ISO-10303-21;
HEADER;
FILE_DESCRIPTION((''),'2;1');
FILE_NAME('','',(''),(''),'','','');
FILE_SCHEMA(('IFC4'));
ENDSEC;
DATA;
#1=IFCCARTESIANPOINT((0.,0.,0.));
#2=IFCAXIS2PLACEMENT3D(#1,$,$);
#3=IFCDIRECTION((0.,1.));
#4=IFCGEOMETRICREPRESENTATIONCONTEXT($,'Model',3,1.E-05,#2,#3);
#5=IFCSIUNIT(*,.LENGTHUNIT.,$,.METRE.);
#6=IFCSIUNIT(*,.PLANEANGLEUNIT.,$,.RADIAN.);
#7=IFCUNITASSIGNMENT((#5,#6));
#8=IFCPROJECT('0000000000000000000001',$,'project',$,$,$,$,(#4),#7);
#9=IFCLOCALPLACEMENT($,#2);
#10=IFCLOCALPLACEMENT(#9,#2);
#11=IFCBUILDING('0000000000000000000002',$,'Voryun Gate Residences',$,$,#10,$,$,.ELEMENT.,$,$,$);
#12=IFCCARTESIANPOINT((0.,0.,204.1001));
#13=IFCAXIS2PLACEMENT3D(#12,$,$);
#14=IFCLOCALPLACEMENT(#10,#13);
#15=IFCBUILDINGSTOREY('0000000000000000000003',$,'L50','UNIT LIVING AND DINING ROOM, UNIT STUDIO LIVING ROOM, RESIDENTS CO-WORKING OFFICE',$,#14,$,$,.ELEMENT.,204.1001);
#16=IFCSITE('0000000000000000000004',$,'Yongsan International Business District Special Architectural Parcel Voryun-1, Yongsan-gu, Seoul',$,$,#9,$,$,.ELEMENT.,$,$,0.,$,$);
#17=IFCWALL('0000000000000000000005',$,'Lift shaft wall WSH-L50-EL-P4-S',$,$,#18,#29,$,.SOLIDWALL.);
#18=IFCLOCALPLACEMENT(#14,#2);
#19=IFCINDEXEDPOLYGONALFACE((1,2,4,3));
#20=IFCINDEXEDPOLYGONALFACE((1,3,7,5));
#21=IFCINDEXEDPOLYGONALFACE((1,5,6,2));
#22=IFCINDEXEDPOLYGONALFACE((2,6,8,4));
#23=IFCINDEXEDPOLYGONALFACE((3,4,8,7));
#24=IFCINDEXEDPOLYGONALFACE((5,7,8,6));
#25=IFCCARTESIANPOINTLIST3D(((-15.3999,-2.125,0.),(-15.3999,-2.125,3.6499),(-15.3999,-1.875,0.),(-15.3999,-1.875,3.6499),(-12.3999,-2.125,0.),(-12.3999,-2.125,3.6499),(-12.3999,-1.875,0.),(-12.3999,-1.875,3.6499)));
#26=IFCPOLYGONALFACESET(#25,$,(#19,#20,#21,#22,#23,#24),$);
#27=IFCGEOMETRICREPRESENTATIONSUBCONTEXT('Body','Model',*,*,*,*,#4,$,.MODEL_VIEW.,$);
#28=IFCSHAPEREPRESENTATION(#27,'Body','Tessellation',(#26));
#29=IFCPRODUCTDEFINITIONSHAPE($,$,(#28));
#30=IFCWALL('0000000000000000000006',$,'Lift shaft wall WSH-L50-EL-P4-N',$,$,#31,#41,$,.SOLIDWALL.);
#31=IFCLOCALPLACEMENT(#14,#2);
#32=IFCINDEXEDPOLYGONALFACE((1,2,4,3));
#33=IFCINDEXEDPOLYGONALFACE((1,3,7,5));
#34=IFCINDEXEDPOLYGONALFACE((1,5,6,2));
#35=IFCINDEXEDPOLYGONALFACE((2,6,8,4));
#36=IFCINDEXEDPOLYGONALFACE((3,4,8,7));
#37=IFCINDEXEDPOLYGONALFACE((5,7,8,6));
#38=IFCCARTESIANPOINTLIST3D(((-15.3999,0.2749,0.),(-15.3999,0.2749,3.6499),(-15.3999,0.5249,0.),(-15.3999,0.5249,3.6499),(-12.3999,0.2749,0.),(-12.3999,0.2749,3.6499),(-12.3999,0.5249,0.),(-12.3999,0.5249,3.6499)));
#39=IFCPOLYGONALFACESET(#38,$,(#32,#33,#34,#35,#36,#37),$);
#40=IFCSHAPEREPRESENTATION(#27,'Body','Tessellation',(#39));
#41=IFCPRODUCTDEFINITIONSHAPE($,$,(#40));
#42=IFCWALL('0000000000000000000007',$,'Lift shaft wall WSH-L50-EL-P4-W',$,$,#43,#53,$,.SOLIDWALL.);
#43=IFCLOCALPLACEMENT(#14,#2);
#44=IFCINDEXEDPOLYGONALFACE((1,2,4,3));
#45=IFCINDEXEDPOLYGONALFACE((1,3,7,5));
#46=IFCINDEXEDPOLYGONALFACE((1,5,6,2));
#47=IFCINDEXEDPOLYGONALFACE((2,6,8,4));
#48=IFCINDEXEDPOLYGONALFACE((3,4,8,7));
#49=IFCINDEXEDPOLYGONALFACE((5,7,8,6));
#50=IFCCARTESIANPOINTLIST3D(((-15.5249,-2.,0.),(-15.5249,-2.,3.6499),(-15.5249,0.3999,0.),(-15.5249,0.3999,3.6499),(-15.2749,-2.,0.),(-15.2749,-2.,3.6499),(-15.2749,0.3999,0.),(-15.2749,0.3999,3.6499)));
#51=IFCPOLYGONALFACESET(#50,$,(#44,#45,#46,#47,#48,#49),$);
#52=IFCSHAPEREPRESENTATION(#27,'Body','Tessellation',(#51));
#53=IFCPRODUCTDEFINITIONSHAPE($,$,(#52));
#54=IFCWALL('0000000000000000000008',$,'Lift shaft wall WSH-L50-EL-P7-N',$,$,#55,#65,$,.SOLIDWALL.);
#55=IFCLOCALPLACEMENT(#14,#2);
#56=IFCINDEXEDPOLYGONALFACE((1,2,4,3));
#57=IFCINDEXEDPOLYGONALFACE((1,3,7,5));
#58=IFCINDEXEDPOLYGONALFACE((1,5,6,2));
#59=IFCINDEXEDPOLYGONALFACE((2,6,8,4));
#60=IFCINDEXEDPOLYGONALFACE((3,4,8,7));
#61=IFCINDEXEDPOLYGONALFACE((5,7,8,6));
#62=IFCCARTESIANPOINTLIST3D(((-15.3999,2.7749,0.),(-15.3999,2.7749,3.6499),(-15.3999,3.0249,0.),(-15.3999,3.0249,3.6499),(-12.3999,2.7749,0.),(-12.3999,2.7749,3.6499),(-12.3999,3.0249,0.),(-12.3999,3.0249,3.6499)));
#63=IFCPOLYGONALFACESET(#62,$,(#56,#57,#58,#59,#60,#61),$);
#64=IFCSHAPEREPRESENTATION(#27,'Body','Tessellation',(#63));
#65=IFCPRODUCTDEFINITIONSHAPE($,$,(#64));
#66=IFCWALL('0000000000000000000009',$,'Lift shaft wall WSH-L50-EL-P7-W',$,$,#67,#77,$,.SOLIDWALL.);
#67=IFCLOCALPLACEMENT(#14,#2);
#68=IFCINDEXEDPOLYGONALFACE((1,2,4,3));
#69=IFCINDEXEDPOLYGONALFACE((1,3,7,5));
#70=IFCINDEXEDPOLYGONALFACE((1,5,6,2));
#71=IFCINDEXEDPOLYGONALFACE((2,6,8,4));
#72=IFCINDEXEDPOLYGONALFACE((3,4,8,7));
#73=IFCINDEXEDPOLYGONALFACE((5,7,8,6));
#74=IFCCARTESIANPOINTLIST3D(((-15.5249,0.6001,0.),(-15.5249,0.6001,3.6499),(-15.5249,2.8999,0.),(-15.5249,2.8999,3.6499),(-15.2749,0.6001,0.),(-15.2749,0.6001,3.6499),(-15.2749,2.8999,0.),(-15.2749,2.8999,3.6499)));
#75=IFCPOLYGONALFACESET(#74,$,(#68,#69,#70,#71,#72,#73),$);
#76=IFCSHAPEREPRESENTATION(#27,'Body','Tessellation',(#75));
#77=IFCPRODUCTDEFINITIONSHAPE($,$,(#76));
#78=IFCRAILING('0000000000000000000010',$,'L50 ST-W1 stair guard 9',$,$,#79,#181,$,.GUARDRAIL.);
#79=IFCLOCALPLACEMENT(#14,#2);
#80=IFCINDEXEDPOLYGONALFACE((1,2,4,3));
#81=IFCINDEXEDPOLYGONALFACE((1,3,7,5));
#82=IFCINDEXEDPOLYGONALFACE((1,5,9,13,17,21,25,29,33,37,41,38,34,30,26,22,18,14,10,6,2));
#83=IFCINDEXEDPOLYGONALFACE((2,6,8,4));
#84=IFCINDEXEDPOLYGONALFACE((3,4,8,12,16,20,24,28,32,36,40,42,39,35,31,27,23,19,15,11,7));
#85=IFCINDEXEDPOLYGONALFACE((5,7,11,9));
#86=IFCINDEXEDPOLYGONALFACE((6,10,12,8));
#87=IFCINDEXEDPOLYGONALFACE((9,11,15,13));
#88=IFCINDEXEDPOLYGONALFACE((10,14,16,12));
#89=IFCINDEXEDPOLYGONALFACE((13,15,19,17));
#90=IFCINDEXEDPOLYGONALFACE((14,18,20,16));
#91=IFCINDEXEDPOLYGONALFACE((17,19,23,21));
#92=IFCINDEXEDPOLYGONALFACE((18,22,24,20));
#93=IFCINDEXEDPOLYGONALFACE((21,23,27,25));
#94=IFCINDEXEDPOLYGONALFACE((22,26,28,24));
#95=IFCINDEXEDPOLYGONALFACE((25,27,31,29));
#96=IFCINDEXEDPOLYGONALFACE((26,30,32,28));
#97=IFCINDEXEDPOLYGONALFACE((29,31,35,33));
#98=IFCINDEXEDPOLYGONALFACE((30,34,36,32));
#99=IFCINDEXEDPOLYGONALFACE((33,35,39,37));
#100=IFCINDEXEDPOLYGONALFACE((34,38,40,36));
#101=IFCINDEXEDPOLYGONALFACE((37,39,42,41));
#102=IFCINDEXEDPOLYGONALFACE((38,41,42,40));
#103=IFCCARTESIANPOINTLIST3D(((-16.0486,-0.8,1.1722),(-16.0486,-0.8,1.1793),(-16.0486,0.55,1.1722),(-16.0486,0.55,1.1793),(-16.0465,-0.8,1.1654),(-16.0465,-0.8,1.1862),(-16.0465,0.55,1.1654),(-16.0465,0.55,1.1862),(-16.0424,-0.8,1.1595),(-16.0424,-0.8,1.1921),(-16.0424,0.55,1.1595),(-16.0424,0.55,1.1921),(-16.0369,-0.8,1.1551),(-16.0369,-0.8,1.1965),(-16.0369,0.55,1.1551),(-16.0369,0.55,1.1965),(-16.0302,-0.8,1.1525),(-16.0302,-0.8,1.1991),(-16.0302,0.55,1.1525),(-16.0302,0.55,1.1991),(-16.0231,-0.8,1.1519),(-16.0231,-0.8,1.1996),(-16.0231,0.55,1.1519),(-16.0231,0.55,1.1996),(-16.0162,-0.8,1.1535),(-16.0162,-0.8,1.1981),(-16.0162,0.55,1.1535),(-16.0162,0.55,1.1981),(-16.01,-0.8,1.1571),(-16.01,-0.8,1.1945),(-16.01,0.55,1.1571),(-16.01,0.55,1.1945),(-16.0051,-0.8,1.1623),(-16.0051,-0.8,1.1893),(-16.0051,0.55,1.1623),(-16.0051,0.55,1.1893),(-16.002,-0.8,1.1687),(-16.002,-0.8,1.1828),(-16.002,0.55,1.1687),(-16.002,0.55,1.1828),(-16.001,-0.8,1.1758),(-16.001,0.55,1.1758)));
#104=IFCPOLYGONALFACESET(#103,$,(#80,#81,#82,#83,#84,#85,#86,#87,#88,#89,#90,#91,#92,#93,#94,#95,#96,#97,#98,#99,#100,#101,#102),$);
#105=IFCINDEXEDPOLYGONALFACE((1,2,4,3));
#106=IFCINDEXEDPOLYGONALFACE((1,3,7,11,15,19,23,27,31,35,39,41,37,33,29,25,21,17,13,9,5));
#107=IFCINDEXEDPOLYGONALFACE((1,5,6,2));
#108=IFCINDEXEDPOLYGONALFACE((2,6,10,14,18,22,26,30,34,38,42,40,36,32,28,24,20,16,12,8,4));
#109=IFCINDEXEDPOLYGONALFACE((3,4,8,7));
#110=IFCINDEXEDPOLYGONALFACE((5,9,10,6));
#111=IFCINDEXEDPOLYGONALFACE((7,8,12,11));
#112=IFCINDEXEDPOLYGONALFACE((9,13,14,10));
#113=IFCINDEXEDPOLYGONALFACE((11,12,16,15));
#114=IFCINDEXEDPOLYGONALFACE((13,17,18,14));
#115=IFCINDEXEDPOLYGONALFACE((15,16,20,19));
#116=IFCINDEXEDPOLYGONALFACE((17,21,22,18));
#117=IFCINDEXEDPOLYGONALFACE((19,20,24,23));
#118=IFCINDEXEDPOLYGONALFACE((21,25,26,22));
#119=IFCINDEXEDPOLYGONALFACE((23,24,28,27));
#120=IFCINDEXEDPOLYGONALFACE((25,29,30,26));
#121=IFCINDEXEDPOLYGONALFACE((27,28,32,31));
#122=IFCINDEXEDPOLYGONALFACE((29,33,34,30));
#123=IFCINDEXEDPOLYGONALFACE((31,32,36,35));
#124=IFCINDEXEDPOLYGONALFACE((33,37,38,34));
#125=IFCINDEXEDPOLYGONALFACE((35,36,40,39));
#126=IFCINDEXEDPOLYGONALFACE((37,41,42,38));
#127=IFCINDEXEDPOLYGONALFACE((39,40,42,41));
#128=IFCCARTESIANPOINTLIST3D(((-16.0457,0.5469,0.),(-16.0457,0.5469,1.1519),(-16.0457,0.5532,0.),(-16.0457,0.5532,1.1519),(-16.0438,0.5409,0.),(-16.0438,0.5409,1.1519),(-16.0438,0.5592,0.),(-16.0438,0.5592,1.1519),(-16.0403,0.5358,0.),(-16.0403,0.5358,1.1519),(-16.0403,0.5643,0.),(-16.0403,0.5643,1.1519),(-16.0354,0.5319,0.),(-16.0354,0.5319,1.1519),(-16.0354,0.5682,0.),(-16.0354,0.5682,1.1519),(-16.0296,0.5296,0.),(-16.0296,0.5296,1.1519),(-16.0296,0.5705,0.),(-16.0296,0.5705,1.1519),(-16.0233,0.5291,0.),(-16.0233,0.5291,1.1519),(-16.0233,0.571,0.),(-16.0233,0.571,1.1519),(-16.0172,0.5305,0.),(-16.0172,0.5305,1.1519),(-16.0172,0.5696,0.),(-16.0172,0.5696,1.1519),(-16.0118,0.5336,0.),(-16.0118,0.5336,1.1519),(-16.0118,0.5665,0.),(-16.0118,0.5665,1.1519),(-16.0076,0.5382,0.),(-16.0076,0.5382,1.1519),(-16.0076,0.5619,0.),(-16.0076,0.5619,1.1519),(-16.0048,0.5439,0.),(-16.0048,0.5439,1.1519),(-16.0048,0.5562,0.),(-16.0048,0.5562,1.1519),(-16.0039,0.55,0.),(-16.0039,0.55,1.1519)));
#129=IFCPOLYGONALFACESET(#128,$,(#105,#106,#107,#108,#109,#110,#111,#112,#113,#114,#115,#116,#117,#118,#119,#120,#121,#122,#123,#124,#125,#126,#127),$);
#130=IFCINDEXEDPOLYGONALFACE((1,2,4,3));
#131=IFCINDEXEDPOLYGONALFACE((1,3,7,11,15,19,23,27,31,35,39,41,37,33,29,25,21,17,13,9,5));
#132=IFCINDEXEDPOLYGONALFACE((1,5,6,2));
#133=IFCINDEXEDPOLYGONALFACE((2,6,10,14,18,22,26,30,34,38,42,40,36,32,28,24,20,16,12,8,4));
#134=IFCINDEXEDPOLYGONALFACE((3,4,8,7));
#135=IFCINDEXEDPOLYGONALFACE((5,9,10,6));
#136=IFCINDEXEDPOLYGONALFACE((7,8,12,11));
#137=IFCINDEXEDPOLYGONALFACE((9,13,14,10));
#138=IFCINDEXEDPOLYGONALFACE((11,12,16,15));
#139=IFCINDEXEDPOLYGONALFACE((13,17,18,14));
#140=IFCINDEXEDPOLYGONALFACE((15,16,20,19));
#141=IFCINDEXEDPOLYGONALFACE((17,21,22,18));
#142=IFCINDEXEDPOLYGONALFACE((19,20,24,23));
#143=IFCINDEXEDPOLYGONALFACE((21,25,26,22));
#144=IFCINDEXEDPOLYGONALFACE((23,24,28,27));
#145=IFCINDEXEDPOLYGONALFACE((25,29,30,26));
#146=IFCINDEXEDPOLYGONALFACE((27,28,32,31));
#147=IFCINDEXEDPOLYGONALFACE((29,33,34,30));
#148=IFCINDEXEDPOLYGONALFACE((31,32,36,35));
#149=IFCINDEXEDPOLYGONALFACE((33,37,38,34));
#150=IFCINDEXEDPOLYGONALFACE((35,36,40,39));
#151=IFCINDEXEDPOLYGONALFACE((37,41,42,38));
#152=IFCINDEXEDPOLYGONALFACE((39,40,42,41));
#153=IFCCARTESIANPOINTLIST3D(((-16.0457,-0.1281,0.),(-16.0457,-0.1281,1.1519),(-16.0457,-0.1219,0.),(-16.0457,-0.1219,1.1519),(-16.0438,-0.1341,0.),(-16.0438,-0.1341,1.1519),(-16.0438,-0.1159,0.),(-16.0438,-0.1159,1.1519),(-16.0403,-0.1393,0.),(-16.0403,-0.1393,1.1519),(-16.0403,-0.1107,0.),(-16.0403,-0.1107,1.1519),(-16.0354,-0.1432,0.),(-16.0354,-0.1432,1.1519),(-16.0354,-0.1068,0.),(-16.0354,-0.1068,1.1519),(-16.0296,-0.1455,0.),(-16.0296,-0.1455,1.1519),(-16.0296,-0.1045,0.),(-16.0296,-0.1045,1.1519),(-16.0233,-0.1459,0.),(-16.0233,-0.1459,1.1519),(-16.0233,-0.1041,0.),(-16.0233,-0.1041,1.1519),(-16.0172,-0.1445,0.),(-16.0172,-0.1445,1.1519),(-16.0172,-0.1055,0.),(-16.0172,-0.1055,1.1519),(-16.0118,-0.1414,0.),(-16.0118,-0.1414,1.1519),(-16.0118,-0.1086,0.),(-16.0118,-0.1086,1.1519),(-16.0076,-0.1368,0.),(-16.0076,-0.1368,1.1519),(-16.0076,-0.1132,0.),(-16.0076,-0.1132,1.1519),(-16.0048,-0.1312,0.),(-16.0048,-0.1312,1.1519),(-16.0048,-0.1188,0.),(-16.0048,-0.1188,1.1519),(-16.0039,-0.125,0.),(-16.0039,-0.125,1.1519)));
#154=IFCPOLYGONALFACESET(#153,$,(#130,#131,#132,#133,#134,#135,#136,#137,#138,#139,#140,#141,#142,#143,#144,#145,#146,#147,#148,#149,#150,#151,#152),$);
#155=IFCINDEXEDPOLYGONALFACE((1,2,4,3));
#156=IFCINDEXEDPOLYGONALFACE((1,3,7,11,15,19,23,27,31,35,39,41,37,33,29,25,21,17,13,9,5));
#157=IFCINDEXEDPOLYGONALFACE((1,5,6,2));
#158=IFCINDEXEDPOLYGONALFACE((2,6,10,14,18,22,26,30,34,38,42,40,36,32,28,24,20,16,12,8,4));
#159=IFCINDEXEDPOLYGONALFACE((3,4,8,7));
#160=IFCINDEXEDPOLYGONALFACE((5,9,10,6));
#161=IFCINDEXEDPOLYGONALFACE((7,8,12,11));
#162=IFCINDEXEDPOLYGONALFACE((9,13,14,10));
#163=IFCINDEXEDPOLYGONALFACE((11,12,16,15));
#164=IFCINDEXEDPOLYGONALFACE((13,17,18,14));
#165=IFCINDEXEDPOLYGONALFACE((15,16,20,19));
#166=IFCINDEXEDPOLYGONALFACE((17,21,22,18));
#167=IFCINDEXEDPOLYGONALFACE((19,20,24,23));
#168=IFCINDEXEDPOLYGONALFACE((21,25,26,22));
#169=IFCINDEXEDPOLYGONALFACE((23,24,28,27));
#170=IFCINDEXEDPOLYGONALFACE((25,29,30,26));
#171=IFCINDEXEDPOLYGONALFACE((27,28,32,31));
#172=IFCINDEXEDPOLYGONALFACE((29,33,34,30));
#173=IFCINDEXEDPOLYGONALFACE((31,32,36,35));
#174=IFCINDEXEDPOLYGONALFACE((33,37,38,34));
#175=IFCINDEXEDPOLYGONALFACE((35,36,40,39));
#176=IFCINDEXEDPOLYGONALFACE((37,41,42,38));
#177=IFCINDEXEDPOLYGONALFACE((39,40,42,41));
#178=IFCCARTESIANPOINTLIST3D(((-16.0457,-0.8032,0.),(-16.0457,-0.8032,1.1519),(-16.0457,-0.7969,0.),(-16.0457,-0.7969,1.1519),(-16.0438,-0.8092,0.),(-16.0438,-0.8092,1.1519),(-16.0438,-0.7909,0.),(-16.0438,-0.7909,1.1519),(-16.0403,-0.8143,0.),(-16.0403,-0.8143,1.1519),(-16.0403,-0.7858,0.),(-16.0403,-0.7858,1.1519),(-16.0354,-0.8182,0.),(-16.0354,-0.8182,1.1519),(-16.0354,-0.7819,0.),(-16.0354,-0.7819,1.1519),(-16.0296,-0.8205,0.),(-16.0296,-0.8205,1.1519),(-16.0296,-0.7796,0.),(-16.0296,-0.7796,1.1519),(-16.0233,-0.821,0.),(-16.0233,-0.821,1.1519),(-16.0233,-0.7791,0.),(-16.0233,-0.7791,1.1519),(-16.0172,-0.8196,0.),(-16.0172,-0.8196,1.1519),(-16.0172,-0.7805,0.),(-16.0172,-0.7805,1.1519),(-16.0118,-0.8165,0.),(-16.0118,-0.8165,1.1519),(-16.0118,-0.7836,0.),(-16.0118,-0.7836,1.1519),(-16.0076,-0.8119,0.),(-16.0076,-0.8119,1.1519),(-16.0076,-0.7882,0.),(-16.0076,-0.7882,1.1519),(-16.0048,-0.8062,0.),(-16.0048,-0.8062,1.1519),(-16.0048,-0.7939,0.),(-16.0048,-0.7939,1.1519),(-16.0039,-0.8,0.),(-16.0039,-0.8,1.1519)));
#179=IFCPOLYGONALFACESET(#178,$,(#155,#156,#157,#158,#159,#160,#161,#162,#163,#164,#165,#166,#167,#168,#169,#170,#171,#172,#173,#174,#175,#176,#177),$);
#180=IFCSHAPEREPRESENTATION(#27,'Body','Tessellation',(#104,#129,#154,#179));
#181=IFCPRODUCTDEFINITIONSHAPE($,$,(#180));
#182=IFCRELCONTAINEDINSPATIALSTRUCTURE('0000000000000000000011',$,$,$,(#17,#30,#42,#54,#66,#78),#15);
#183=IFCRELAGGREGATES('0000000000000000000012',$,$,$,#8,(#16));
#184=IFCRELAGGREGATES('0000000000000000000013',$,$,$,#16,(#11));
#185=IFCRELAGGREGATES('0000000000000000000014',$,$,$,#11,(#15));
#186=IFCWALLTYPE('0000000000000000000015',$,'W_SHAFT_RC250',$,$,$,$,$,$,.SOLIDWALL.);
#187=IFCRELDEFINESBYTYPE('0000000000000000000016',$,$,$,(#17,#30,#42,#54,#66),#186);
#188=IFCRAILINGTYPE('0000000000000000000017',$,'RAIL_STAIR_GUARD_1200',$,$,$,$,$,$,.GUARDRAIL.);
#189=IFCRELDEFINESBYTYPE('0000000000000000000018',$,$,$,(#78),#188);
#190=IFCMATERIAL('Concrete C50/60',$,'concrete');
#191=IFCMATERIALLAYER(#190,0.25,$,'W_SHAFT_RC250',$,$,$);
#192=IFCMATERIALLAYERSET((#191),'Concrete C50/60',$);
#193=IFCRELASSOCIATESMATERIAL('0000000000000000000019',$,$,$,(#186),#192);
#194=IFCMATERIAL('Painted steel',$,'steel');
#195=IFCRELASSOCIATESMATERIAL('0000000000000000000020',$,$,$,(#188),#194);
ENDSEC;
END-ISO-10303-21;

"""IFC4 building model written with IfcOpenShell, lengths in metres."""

from ifc_helpers import new_model, si_unit, direction, frame, frame_2d, origin, origin_2d, place, context, subcontext, project, spatial, rectangle, circle, extrude, material, layer, layer_set, type_object, element, save


model = new_model("IFC4")

# Units and contexts
model_context = context("Model", 3, precision=1e-05, world=origin(), true_north=direction((0.0, 1.0)))
body_context = subcontext(model_context, "Body", "Model", "MODEL_VIEW")
ifc_project = project(units=[si_unit("LENGTHUNIT", "METRE"), si_unit("PLANEANGLEUNIT", "RADIAN")], contexts=[model_context])

# Site, building, storey
site_placement = place(None, origin())
site = spatial("IfcSite", under=ifc_project, at=site_placement, Name="Yongsan International Business District Special Architectural Parcel Voryun-1, Yongsan-gu, Seoul", CompositionType="ELEMENT", RefElevation=0.0)
building_placement = place(site_placement, origin())
building = spatial("IfcBuilding", under=site, at=building_placement, Name="Voryun Gate Residences", CompositionType="ELEMENT")
storey_placement = place(building_placement, frame((0.0, 0.0, 204.1001)))
storey = spatial("IfcBuildingStorey", under=building, at=storey_placement, Name="L50", Description="UNIT LIVING AND DINING ROOM, UNIT STUDIO LIVING ROOM, RESIDENTS CO-WORKING OFFICE", CompositionType="ELEMENT", Elevation=204.1001)

# Walls
ifc_material_1 = material(Name="Concrete C50/60", Category="concrete")
ifc_layer_1 = layer(ifc_material_1, 0.25, Name="W_SHAFT_RC250")
ifc_layer_set_1 = layer_set([ifc_layer_1], Name="Concrete C50/60")
wall_type_1 = type_object("IfcWallType", Name="W_SHAFT_RC250", PredefinedType="SOLIDWALL", material=ifc_layer_set_1)
for number, where, z_axis, x_axis, name in (
    (1, (-15.3999, -2.0, 0.0), (0.0, 0.0, 1.0), (1.0, 0.0, 0.0), "Lift shaft wall WSH-L50-EL-P4-S"),
    (2, (-12.3999, 0.3999, 0.0), (0.0, 0.0, 1.0), (-1.0, 0.0, 0.0), "Lift shaft wall WSH-L50-EL-P4-N"),
):
    element("IfcWall", number, at=place(storey_placement, frame(where, z_axis=z_axis, x_axis=x_axis)), inside=storey, type_object=wall_type_1, Name=name, PredefinedType="SOLIDWALL", context=body_context, shape_type="SweptSolid", body=[
        extrude(rectangle(XDim=3.0, YDim=0.25, at=frame_2d((1.5, 0.0))), origin(), (0.0, 0.0, 1.0), 3.6499),
    ])
wall_1_placement = place(storey_placement, frame((-15.3999, 0.3999, 0.0), z_axis=(0.0, 0.0, 1.0), x_axis=(0.0, -1.0, 0.0)))
element("IfcWall", 3, at=wall_1_placement, inside=storey, type_object=wall_type_1, Name="Lift shaft wall WSH-L50-EL-P4-W", PredefinedType="SOLIDWALL", context=body_context, shape_type="SweptSolid", body=[
    extrude(rectangle(XDim=2.3999, YDim=0.25, at=frame_2d((1.2, 0.0))), origin(), (0.0, 0.0, 1.0), 3.6499),
])
wall_2_placement = place(storey_placement, frame((-12.3999, 2.8999, 0.0), z_axis=(0.0, 0.0, 1.0), x_axis=(-1.0, 0.0, 0.0)))
element("IfcWall", 4, at=wall_2_placement, inside=storey, type_object=wall_type_1, Name="Lift shaft wall WSH-L50-EL-P7-N", PredefinedType="SOLIDWALL", context=body_context, shape_type="SweptSolid", body=[
    extrude(rectangle(XDim=3.0, YDim=0.25, at=frame_2d((1.5, 0.0))), origin(), (0.0, 0.0, 1.0), 3.6499),
])
wall_3_placement = place(storey_placement, frame((-15.3999, 2.8999, 0.0), z_axis=(0.0, 0.0, 1.0), x_axis=(0.0, -1.0, 0.0)))
element("IfcWall", 5, at=wall_3_placement, inside=storey, type_object=wall_type_1, Name="Lift shaft wall WSH-L50-EL-P7-W", PredefinedType="SOLIDWALL", context=body_context, shape_type="SweptSolid", body=[
    extrude(rectangle(XDim=2.2998, YDim=0.25, at=frame_2d((1.1499, 0.0))), origin(), (0.0, 0.0, 1.0), 3.6499),
])

# Railing
ifc_material_2 = material(Name="Painted steel", Category="steel")
railing_type = type_object("IfcRailingType", Name="RAIL_STAIR_GUARD_1200", PredefinedType="GUARDRAIL", material=ifc_material_2)
railing_1_placement = place(storey_placement, frame((-16.0249, 0.55, 0.0)))
element("IfcRailing", 6, at=railing_1_placement, inside=storey, type_object=railing_type, Name="L50 ST-W1 stair guard 9", PredefinedType="GUARDRAIL", context=body_context, shape_type="SweptSolid", body=[
    extrude(circle(Radius=0.0239, at=origin_2d()), frame((0.0, 0.0, 1.1758), z_axis=(0.0, -1.0, 0.0), x_axis=(1.0, 0.0, 0.0)), (0.0, 0.0, 1.0), 1.3501),
    extrude(circle(Radius=0.021, at=origin_2d()), origin(), (0.0, 0.0, 1.0), 1.1519),
    extrude(circle(Radius=0.021, at=origin_2d()), frame((0.0, -0.675, 0.0)), (0.0, 0.0, 1.0), 1.1519),
    extrude(circle(Radius=0.021, at=origin_2d()), frame((0.0, -1.3501, 0.0)), (0.0, 0.0, 1.0), 1.1519),
])

save(model, "model.ifc")
